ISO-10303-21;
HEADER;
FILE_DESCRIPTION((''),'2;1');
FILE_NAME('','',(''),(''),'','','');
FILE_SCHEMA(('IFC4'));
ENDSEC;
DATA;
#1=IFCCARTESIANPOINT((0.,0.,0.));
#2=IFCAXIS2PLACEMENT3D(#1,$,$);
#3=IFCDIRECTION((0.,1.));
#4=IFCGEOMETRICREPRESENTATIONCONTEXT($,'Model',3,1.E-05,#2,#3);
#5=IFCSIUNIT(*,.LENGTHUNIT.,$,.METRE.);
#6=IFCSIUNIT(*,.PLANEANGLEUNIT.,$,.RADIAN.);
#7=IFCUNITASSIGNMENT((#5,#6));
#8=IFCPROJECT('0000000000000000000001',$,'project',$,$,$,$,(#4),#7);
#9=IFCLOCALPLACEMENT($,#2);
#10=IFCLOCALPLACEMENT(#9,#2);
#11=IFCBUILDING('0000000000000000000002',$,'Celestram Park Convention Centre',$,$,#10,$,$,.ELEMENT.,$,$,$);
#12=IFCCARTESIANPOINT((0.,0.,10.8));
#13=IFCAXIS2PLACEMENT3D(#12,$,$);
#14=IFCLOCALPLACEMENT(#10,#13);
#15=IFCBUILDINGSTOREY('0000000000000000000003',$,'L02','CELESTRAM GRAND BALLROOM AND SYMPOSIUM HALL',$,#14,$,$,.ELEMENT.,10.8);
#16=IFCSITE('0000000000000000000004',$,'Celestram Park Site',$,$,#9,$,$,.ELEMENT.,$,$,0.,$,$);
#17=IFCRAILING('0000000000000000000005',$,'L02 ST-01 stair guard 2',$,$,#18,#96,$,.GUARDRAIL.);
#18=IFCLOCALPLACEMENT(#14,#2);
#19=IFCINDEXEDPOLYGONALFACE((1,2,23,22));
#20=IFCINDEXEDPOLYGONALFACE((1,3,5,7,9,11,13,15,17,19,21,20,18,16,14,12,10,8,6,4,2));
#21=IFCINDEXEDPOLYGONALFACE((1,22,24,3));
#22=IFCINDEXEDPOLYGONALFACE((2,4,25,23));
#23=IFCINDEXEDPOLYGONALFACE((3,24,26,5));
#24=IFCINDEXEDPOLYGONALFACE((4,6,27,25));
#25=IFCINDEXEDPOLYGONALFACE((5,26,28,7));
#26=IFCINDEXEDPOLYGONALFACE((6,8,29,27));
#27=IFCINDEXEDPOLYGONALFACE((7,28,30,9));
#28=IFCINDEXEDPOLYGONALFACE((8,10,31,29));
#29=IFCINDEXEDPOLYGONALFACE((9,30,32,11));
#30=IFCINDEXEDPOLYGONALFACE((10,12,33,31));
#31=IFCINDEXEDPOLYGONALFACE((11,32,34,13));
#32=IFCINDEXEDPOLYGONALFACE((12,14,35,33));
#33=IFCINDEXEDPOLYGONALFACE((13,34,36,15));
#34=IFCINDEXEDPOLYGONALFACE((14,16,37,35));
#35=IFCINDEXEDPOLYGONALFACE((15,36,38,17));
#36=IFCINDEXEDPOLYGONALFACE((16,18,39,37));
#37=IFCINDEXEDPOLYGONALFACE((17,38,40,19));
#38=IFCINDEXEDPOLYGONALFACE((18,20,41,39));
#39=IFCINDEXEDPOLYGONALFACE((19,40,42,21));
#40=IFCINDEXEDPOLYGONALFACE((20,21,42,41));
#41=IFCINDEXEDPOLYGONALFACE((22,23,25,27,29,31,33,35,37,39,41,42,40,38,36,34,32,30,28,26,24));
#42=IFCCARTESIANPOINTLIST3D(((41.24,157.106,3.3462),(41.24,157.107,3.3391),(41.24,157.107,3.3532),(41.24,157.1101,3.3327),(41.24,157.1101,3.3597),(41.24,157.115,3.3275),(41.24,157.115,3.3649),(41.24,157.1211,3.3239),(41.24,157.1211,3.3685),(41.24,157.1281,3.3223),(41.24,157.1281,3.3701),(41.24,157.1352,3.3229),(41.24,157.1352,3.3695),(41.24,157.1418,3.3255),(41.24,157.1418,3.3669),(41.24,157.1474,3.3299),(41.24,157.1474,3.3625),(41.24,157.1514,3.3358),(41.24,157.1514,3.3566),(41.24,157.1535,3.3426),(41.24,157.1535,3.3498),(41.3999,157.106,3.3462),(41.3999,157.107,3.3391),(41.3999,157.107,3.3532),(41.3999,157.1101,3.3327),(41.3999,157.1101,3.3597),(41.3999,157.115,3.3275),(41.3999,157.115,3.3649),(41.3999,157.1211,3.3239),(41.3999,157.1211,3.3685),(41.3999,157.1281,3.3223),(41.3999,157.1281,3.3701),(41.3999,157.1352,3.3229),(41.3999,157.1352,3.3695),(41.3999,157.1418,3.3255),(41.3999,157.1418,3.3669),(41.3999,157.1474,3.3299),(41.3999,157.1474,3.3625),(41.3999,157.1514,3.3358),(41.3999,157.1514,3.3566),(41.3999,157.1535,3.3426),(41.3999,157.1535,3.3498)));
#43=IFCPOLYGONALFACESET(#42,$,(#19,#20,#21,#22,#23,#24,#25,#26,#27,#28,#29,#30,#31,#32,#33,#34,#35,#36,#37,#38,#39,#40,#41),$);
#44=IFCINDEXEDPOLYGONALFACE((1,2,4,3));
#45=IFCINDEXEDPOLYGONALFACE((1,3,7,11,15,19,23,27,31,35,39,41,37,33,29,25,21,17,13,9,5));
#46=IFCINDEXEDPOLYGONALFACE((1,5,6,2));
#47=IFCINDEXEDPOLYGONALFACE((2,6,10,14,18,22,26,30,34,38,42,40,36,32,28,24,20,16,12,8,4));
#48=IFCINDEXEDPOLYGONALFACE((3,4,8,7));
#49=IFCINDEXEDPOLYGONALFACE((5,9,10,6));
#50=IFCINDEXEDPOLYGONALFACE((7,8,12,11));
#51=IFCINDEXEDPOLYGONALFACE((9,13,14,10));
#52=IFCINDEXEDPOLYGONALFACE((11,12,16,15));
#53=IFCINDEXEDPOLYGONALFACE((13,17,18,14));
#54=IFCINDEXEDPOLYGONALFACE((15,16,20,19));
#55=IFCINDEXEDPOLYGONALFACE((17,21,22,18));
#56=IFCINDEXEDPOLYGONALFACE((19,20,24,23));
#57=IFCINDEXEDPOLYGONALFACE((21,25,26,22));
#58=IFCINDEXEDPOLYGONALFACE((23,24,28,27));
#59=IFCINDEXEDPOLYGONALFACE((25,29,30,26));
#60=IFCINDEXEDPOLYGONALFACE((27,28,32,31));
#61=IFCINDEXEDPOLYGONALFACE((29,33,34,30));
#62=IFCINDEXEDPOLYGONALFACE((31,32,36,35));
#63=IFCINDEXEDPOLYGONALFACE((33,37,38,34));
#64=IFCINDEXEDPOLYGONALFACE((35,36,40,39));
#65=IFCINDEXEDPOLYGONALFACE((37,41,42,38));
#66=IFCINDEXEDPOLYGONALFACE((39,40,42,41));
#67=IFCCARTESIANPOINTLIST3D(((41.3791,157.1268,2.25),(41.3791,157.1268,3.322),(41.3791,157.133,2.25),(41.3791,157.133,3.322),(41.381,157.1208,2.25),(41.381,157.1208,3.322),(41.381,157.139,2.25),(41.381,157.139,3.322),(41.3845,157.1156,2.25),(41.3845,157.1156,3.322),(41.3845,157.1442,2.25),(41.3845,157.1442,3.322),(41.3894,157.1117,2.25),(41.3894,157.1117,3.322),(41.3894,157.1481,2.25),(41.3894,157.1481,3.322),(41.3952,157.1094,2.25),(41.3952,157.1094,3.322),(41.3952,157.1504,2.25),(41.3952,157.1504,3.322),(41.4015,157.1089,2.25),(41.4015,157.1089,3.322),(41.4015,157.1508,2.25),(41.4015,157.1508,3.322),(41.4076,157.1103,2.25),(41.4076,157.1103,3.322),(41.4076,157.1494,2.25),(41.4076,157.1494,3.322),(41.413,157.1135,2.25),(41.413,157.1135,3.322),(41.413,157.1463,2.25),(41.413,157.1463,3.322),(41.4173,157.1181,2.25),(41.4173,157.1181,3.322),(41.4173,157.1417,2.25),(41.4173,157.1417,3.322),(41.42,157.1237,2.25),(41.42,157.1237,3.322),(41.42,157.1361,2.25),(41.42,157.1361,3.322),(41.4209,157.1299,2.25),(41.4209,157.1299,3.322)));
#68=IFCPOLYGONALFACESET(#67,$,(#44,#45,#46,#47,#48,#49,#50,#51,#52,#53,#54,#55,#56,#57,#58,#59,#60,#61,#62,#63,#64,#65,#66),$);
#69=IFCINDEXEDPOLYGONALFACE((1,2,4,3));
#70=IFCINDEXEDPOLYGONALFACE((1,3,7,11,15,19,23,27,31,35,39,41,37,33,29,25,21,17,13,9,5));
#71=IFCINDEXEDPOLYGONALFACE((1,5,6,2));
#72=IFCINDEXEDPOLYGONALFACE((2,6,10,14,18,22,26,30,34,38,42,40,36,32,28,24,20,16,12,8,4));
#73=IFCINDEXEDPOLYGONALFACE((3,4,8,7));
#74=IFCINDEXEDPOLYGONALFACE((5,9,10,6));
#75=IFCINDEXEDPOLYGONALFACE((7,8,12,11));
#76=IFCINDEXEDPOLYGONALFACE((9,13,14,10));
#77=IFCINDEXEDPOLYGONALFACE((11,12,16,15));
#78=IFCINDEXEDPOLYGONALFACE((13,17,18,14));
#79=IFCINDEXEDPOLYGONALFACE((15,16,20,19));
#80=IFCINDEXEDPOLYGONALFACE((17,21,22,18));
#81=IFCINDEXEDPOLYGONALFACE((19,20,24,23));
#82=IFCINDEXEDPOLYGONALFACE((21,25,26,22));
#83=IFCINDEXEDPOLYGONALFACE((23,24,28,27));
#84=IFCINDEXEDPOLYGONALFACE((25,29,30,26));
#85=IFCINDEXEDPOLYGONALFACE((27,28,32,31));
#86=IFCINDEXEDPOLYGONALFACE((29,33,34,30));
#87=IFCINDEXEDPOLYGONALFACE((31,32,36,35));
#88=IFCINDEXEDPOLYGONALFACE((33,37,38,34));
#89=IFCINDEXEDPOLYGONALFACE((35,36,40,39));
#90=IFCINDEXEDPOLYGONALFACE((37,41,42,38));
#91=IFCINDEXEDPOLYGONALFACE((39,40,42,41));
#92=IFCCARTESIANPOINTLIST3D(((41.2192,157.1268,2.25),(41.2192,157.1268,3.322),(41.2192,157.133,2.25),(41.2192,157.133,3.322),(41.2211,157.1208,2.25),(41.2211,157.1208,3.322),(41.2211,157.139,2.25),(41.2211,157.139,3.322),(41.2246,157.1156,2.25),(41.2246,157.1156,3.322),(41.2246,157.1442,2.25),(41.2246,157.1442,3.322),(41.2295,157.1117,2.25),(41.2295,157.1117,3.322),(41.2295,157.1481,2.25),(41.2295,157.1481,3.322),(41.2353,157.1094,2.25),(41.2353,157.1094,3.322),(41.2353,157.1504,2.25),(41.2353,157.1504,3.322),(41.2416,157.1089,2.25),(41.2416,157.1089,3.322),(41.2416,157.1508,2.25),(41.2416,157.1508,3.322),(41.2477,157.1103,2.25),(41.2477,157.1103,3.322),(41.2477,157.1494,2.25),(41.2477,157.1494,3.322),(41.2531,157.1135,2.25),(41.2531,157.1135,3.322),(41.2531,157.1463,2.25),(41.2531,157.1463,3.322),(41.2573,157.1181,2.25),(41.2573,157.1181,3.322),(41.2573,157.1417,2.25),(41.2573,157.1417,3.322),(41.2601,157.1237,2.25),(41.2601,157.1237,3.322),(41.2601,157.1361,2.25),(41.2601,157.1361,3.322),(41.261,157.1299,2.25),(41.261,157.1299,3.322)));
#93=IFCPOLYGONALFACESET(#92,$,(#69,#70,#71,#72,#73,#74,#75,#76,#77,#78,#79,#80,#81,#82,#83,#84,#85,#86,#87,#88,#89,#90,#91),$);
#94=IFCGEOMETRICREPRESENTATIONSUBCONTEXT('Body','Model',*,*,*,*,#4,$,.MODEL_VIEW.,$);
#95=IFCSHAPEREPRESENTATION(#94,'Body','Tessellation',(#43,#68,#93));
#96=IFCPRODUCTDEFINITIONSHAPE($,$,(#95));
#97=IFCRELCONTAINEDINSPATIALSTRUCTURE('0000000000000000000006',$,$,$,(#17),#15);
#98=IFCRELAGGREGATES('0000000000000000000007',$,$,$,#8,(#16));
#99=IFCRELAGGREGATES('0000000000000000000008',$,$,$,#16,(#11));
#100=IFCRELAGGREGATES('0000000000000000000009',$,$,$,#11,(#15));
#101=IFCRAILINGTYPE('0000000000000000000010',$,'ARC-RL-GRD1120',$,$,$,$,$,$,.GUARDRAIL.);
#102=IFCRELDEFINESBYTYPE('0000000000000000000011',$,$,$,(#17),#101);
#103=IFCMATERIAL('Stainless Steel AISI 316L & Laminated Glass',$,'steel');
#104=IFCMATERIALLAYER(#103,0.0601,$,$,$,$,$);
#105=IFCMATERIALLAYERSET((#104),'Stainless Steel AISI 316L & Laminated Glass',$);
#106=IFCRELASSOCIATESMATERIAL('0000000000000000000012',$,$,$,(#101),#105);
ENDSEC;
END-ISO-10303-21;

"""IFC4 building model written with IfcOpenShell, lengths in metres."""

from ifc_helpers import new_model, si_unit, direction, frame, origin, origin_2d, place, context, subcontext, project, spatial, circle, extrude, material, layer, layer_set, type_object, element, save


model = new_model("IFC4")

# Units and contexts
model_context = context("Model", 3, precision=1e-05, world=origin(), true_north=direction((0.0, 1.0)))
body_context = subcontext(model_context, "Body", "Model", "MODEL_VIEW")
ifc_project = project(units=[si_unit("LENGTHUNIT", "METRE"), si_unit("PLANEANGLEUNIT", "RADIAN")], contexts=[model_context])

# Site, building, storey
site_placement = place(None, origin())
site = spatial("IfcSite", under=ifc_project, at=site_placement, Name="Celestram Park Site", CompositionType="ELEMENT", RefElevation=0.0)
building_placement = place(site_placement, origin())
building = spatial("IfcBuilding", under=site, at=building_placement, Name="Celestram Park Convention Centre", CompositionType="ELEMENT")
storey_placement = place(building_placement, frame((0.0, 0.0, 10.8)))
storey = spatial("IfcBuildingStorey", under=building, at=storey_placement, Name="L02", Description="CELESTRAM GRAND BALLROOM AND SYMPOSIUM HALL", CompositionType="ELEMENT", Elevation=10.8)

# Railing
ifc_material_1 = material(Name="Stainless Steel AISI 316L & Laminated Glass", Category="steel")
ifc_layer_1 = layer(ifc_material_1, 0.0601)
ifc_layer_set_1 = layer_set([ifc_layer_1], Name="Stainless Steel AISI 316L & Laminated Glass")
railing_type_1 = type_object("IfcRailingType", Name="ARC-RL-GRD1120", PredefinedType="GUARDRAIL", material=ifc_layer_set_1)
railing_1_placement = place(storey_placement, frame((41.3999, 157.1299, 2.25)))
element("IfcRailing", 1, at=railing_1_placement, inside=storey, type_object=railing_type_1, Name="L02 ST-01 stair guard 2", PredefinedType="GUARDRAIL", context=body_context, shape_type="SweptSolid", body=[
    extrude(circle(Radius=0.0239, at=origin_2d()), frame((0.0, 0.0, 1.0962), z_axis=(-1.0, 0.0, 0.0), x_axis=(0.0, -1.0, 0.0)), (0.0, 0.0, 1.0), 0.1599),
    extrude(circle(Radius=0.021, at=origin_2d()), origin(), (0.0, 0.0, 1.0), 1.072),
    extrude(circle(Radius=0.021, at=origin_2d()), frame((-0.1599, 0.0, 0.0)), (0.0, 0.0, 1.0), 1.072),
])

save(model, "model.ifc")
